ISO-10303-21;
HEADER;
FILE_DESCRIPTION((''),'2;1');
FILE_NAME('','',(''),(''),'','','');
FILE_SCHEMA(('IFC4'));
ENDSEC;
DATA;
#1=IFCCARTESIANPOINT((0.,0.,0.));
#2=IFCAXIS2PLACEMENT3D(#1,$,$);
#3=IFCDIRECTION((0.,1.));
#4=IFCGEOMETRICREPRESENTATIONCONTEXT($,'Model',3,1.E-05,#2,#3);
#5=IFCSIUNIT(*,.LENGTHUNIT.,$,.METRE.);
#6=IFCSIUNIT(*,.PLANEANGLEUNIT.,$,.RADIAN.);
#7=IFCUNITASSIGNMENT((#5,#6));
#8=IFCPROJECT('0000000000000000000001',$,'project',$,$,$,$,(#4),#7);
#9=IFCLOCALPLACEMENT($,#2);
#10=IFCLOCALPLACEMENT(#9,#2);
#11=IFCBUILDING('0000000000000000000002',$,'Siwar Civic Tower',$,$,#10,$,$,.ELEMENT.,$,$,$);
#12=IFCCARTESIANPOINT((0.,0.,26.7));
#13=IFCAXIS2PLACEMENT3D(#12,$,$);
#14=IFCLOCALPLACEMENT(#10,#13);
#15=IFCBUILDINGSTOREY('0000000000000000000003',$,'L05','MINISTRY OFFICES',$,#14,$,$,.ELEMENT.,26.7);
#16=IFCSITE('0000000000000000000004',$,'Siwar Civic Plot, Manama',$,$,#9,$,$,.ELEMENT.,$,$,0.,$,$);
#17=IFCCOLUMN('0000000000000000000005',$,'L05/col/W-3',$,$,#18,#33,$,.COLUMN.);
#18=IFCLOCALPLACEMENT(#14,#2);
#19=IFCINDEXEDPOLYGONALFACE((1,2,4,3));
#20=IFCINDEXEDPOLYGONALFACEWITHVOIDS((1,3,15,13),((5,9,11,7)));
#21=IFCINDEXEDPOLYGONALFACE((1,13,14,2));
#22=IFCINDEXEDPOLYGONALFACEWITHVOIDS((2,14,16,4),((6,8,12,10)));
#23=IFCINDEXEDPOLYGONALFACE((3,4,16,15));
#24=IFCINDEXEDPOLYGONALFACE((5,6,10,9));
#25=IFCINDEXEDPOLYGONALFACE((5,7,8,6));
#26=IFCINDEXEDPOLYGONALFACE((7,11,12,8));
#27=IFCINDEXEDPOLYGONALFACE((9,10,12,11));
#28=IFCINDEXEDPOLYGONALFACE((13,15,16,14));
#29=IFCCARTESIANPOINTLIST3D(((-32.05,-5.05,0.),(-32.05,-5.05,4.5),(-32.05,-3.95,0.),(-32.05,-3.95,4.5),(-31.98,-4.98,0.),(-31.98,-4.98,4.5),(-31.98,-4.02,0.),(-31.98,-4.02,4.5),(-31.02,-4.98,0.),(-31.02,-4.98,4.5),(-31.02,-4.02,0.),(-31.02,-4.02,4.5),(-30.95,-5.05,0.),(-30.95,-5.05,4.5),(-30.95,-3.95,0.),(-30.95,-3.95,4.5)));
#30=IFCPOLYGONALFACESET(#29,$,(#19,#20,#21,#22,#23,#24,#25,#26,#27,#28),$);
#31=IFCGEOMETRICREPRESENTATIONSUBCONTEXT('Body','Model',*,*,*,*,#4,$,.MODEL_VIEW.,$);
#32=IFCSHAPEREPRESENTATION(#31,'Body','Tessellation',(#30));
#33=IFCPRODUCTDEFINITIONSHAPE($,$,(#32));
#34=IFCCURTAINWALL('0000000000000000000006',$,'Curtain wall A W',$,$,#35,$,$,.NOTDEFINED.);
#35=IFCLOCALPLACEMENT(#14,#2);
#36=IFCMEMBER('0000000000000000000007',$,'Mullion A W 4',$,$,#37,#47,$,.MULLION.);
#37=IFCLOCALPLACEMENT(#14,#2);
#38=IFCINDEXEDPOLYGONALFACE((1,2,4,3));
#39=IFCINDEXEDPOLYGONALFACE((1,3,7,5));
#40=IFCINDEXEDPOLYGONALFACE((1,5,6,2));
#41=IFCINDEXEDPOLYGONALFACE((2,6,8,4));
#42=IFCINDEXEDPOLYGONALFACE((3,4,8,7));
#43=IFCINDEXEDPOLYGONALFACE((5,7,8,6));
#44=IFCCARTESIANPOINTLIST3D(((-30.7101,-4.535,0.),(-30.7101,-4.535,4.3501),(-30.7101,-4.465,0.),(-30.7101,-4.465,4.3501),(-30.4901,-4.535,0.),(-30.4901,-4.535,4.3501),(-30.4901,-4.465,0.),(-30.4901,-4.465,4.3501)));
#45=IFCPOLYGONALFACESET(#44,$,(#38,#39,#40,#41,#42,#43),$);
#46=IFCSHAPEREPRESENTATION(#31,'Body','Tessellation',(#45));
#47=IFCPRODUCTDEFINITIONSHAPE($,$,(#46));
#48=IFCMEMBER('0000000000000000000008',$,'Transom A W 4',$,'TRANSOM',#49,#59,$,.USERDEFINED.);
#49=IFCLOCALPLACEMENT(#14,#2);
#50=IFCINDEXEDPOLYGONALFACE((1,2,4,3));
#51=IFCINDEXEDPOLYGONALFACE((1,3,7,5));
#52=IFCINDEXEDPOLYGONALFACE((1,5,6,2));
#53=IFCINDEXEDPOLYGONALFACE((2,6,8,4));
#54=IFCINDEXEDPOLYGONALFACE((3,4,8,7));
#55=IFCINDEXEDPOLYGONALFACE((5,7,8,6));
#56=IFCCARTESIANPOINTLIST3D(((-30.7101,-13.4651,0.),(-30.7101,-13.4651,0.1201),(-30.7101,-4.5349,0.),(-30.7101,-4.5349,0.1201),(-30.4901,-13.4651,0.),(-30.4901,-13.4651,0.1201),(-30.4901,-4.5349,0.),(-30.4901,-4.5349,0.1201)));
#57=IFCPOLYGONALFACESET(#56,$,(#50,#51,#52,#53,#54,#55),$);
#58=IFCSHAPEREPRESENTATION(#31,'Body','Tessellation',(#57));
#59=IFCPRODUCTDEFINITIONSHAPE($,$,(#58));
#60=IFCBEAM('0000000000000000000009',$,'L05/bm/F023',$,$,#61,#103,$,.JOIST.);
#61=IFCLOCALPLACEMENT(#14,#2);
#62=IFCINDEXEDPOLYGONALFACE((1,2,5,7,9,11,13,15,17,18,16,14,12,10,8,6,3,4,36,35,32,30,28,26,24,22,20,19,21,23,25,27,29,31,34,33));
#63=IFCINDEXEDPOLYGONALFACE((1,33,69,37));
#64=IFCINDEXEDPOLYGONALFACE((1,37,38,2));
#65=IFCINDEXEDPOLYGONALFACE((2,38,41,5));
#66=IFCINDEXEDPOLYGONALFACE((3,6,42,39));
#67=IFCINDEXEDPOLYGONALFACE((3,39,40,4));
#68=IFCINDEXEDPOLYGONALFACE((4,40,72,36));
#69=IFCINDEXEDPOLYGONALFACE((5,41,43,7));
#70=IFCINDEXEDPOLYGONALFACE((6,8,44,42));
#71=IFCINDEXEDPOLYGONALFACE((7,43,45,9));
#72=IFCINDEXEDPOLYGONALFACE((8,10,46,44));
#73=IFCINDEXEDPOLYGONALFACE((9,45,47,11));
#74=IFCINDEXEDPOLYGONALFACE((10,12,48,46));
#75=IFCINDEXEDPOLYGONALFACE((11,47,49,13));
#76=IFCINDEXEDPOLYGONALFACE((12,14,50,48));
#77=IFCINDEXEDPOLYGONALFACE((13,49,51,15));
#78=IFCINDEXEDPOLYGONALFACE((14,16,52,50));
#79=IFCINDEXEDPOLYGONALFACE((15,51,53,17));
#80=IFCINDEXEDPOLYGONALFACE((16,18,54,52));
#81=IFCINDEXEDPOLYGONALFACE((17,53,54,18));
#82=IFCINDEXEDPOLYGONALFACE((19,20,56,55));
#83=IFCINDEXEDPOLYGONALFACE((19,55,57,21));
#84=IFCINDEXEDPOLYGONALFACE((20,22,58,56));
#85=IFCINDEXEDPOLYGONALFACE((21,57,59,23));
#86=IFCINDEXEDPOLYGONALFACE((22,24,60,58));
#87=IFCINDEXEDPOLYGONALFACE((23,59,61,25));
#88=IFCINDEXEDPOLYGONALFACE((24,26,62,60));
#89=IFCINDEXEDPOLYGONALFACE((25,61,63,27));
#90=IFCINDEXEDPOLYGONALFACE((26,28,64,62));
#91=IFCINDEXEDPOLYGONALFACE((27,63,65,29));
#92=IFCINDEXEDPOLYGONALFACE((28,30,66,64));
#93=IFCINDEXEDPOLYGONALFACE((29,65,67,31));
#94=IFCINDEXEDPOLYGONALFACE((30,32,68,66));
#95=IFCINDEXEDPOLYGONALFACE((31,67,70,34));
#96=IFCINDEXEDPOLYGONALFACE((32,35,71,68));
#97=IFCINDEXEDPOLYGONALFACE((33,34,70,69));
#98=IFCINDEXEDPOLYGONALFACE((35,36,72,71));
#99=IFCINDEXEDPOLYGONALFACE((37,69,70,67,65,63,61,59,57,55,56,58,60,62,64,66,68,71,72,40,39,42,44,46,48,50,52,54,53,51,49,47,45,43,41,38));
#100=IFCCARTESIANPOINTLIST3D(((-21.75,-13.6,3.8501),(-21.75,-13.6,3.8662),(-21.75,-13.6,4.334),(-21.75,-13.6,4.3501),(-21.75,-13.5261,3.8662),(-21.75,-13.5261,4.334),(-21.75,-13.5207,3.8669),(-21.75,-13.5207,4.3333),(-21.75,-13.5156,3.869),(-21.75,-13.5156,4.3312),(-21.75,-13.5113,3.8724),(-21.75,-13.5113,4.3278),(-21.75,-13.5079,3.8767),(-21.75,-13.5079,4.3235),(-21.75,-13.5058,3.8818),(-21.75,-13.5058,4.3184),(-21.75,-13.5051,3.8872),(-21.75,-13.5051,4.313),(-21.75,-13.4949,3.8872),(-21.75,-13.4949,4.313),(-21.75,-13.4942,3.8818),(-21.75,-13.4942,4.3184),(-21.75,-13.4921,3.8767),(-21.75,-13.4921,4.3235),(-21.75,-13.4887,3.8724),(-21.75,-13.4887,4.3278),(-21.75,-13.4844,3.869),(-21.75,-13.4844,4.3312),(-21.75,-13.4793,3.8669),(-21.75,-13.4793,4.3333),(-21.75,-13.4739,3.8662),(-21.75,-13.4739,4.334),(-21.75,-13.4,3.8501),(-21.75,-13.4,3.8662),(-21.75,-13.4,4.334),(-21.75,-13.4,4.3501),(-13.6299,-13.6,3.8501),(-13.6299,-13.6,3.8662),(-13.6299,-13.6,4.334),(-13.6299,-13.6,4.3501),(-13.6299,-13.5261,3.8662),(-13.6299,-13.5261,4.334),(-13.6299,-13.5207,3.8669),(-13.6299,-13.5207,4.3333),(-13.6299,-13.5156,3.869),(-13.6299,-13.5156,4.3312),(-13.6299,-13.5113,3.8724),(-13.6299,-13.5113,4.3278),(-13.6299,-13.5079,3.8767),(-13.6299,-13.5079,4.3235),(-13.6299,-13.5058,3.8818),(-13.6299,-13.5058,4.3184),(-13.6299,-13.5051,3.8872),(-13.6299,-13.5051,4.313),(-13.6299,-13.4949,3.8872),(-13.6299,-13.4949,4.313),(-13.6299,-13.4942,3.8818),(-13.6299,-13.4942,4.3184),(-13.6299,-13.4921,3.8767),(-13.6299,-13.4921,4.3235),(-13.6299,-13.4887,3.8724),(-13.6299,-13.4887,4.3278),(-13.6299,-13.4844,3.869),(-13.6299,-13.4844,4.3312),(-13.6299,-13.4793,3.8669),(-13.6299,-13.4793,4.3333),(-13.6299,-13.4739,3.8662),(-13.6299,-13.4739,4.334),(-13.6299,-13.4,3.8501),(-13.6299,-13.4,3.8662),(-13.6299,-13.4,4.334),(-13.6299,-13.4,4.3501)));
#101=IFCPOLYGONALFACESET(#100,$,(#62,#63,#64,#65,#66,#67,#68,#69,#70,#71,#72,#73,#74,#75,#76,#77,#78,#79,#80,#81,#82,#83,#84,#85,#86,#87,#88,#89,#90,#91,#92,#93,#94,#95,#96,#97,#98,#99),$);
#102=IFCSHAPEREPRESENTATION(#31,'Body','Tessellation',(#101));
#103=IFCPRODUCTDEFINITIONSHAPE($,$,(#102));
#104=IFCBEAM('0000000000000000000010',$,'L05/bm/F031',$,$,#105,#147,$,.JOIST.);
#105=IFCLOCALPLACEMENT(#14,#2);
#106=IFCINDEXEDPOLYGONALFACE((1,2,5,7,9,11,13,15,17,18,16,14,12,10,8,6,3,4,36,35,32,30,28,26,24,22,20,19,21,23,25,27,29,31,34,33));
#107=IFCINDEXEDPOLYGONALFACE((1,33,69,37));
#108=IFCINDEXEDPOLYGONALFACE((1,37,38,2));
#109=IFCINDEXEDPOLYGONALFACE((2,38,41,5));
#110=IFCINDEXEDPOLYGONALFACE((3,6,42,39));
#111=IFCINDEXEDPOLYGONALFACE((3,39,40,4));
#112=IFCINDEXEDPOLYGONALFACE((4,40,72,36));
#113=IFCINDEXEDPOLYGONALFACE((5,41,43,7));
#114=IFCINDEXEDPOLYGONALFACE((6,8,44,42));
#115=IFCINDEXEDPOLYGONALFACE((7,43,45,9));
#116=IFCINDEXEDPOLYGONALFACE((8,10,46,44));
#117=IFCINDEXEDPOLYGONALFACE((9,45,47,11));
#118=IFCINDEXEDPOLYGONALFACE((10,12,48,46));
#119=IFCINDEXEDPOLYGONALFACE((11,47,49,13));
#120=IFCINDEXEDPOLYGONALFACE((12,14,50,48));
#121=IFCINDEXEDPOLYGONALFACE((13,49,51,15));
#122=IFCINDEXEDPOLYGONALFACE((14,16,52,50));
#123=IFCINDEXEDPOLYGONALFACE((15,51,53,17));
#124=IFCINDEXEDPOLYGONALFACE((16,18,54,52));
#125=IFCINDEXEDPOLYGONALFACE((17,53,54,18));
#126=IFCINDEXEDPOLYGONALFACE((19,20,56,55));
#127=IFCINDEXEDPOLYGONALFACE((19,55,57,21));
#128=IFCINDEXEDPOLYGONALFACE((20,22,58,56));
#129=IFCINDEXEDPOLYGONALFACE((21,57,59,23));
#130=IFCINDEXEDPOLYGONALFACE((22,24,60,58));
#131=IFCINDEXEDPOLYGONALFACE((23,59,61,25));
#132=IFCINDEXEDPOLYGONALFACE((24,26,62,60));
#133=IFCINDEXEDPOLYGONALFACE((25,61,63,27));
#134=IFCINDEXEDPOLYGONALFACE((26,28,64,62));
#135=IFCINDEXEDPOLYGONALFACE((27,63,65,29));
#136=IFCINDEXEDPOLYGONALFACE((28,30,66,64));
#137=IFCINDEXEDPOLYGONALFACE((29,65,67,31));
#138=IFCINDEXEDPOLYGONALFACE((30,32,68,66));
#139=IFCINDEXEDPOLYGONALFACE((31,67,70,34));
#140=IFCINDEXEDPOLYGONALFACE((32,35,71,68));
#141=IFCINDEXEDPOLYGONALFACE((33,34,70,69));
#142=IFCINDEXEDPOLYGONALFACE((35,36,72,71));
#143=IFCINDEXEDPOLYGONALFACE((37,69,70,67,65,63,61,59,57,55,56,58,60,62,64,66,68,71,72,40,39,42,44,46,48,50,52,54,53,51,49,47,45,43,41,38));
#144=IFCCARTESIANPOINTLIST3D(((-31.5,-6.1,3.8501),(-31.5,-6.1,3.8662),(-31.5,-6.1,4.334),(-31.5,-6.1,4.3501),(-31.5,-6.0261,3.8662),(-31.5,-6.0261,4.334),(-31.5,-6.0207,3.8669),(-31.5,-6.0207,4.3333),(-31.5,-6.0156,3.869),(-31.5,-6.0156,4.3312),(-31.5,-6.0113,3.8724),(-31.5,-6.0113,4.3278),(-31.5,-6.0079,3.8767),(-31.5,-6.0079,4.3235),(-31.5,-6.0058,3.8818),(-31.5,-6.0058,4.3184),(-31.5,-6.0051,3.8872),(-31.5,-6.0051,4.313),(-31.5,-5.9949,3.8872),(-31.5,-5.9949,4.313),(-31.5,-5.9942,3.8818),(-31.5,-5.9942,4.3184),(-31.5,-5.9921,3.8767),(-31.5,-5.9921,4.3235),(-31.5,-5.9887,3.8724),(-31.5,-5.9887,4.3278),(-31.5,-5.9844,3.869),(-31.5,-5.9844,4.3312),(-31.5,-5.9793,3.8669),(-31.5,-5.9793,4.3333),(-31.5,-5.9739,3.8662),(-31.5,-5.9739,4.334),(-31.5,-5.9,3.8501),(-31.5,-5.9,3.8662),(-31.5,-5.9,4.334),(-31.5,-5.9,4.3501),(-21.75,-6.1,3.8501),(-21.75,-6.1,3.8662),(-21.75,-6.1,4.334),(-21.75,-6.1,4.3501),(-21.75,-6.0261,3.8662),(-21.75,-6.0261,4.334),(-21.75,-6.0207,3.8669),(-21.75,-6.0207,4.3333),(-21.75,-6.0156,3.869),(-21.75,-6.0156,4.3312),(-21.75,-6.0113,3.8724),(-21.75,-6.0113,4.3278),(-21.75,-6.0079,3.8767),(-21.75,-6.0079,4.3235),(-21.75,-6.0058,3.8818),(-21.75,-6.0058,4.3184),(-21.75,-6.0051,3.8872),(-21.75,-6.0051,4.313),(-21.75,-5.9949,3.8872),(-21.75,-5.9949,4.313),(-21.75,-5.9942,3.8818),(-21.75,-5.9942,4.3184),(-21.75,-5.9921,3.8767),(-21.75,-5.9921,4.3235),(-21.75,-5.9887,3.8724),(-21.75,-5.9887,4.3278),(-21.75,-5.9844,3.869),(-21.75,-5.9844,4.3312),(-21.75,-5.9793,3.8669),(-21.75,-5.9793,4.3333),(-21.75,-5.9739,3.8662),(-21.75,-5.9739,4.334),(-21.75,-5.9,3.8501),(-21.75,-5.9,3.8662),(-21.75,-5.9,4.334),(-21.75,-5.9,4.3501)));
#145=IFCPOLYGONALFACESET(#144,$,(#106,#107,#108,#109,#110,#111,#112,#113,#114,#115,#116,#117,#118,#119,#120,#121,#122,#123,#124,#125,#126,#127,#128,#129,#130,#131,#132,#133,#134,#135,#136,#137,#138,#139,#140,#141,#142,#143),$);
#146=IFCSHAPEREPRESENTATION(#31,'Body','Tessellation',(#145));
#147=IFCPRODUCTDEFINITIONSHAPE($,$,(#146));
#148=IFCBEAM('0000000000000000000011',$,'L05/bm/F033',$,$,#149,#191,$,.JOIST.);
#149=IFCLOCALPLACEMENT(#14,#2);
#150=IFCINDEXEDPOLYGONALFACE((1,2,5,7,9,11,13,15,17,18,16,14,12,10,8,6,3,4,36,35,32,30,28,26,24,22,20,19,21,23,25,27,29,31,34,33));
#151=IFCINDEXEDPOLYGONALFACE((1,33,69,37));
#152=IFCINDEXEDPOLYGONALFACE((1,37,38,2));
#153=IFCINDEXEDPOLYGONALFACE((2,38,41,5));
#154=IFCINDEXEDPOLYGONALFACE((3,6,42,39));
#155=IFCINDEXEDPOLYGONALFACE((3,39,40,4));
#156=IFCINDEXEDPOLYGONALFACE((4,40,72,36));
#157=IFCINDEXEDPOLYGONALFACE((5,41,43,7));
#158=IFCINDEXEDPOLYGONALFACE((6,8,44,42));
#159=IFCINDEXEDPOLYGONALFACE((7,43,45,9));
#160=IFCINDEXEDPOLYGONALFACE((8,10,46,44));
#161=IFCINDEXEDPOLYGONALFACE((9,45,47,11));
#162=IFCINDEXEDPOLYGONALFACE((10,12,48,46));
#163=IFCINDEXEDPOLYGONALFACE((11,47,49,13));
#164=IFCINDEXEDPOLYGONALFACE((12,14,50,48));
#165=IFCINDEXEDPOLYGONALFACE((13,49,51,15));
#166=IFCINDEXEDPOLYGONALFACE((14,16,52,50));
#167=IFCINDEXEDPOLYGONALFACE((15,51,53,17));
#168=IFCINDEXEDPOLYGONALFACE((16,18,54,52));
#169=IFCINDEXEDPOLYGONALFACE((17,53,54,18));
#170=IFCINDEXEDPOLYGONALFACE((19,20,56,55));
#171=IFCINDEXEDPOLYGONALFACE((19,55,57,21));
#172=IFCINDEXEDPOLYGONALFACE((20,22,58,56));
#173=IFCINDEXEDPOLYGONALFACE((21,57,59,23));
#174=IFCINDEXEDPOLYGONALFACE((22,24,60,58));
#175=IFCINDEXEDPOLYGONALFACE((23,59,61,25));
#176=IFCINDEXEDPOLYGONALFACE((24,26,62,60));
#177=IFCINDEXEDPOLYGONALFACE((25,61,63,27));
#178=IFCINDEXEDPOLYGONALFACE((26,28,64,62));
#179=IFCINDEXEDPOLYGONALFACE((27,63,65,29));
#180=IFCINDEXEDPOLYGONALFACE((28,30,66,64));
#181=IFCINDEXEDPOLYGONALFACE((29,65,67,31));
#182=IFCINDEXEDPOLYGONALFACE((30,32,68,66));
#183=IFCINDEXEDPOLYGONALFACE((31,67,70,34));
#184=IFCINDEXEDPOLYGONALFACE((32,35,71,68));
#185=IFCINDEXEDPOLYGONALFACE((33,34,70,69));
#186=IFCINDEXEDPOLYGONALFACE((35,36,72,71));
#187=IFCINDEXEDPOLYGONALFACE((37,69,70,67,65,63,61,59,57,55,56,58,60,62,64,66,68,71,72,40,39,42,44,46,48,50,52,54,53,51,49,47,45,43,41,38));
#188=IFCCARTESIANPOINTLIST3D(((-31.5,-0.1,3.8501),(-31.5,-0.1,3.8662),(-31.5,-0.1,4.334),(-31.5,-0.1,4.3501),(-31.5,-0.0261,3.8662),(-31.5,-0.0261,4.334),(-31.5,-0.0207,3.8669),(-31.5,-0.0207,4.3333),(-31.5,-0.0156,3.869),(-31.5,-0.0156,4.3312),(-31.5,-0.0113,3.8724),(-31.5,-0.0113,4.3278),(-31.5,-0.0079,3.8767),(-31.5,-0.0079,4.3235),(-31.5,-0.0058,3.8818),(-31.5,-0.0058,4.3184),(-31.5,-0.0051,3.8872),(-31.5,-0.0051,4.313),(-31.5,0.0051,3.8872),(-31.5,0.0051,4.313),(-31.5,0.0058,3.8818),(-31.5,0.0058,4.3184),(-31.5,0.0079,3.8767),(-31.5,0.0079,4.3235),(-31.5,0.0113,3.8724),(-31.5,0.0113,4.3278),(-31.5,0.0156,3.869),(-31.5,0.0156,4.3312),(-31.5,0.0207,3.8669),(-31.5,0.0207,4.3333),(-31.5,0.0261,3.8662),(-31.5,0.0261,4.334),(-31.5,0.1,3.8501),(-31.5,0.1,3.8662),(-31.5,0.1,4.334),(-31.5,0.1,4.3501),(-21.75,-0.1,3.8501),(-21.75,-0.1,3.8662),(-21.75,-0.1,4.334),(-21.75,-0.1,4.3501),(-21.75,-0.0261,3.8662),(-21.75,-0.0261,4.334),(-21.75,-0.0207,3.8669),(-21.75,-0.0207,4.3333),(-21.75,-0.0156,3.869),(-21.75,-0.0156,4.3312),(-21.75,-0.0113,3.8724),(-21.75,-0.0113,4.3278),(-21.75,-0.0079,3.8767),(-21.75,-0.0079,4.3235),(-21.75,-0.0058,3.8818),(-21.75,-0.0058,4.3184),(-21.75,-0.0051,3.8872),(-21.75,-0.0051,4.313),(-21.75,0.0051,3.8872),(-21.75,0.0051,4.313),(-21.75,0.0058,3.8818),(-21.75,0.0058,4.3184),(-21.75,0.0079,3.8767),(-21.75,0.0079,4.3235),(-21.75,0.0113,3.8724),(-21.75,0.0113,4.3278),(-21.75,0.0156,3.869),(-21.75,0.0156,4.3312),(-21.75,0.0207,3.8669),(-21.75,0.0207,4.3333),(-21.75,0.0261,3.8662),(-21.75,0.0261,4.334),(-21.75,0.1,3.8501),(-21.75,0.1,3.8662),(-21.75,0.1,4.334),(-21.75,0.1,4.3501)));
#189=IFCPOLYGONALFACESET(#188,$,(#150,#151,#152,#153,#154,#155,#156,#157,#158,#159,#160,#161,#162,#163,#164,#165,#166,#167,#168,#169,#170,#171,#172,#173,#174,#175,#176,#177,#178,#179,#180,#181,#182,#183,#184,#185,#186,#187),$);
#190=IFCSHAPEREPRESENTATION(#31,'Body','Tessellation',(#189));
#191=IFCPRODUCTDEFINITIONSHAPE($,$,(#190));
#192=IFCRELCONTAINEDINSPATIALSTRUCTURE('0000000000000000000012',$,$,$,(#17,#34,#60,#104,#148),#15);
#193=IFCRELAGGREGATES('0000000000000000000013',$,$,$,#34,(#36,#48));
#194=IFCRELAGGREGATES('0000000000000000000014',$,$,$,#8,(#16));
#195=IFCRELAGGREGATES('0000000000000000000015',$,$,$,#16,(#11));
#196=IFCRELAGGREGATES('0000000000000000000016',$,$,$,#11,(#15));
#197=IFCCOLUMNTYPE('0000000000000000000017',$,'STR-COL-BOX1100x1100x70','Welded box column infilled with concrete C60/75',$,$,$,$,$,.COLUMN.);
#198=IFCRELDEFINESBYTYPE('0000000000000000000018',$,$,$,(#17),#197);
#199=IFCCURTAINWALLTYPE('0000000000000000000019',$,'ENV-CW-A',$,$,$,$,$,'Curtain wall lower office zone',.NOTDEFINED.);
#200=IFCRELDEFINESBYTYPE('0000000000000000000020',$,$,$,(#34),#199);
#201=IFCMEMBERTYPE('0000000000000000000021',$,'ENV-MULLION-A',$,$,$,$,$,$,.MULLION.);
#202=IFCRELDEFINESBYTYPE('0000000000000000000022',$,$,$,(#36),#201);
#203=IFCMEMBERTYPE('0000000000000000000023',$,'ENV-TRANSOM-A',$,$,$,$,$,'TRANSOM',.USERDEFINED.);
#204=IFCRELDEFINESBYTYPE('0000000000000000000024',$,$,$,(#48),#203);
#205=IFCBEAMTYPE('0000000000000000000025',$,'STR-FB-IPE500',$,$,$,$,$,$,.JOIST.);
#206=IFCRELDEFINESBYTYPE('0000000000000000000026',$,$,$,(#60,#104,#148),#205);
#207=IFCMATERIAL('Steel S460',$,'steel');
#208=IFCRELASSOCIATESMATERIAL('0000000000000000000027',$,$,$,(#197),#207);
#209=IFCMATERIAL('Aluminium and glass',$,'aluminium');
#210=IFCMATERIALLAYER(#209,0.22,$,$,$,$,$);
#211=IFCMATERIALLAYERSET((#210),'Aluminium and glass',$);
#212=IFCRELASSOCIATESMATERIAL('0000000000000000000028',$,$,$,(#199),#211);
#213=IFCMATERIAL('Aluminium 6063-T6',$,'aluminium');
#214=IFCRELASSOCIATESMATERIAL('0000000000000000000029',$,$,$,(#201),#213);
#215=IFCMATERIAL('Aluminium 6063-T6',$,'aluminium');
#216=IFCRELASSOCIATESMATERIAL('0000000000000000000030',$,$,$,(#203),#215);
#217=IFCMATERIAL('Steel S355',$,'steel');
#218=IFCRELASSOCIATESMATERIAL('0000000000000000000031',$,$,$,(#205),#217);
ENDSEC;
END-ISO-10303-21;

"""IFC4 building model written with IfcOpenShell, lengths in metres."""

from ifc_helpers import new_model, si_unit, direction, frame, origin, origin_2d, place, context, subcontext, project, spatial, rectangle, hollow_rectangle, i_section, extrude, material, layer, layer_set, material_profile, profile_set, type_object, element, aggregate, save


model = new_model("IFC4")

# Units and contexts
model_context = context("Model", 3, precision=1e-05, world=origin(), true_north=direction((0.0, 1.0)))
body_context = subcontext(model_context, "Body", "Model", "MODEL_VIEW")
ifc_project = project(units=[si_unit("LENGTHUNIT", "METRE"), si_unit("PLANEANGLEUNIT", "RADIAN")], contexts=[model_context])

# Site, building, storey
site_placement = place(None, origin())
site = spatial("IfcSite", under=ifc_project, at=site_placement, Name="Siwar Civic Plot, Manama", CompositionType="ELEMENT", RefElevation=0.0)
building_placement = place(site_placement, origin())
building = spatial("IfcBuilding", under=site, at=building_placement, Name="Siwar Civic Tower", CompositionType="ELEMENT")
storey_placement = place(building_placement, frame((0.0, 0.0, 26.7)))
storey = spatial("IfcBuildingStorey", under=building, at=storey_placement, Name="L05", Description="MINISTRY OFFICES", CompositionType="ELEMENT", Elevation=26.7)

# Column
ifc_material_1 = material(Name="Steel S460", Category="steel")
ifc_material_profile_1 = material_profile(ifc_material_1, hollow_rectangle(XDim=1.1001, YDim=1.1001, WallThickness=0.0701, at=origin_2d()), Name="BOX1100x1100x70")
ifc_profile_set_1 = profile_set([ifc_material_profile_1], Name="Steel S460")
column_type = type_object("IfcColumnType", Name="STR-COL-BOX1100x1100x70", Description="Welded box column infilled with concrete C60/75", PredefinedType="COLUMN", material=ifc_profile_set_1)
column_placement = place(storey_placement, frame((-31.5, -4.5, 0.0), z_axis=(0.0, 0.0, 1.0), x_axis=(1.0, 0.0, 0.0)))
element("IfcColumn", 1, at=column_placement, inside=storey, type_object=column_type, Name="L05/col/W-3", PredefinedType="COLUMN", context=body_context, shape_type="SweptSolid", body=[
    extrude(hollow_rectangle(XDim=1.1001, YDim=1.1001, WallThickness=0.0701, at=origin_2d()), origin(), (0.0, 0.0, 1.0), 4.5),
])

# Curtain wall, members
ifc_material_2 = material(Name="Aluminium and glass", Category="aluminium")
ifc_layer_1 = layer(ifc_material_2, 0.22)
ifc_layer_set_1 = layer_set([ifc_layer_1], Name="Aluminium and glass")
curtain_wall_type = type_object("IfcCurtainWallType", Name="ENV-CW-A", ElementType="Curtain wall lower office zone", PredefinedType="NOTDEFINED", material=ifc_layer_set_1)
curtain_wall_placement = place(storey_placement, origin())
curtain_wall = element("IfcCurtainWall", 2, at=curtain_wall_placement, inside=storey, type_object=curtain_wall_type, Name="Curtain wall A W", PredefinedType="NOTDEFINED")
ifc_material_3 = material(Name="Aluminium 6063-T6", Category="aluminium")
ifc_material_profile_2 = material_profile(ifc_material_3, rectangle(XDim=0.22, YDim=0.0701, at=origin_2d()), Name="AL 220x70")
ifc_profile_set_2 = profile_set([ifc_material_profile_2], Name="Aluminium 6063-T6")
member_type_1 = type_object("IfcMemberType", Name="ENV-MULLION-A", PredefinedType="MULLION", material=ifc_profile_set_2)
member_1_placement = place(storey_placement, frame((-30.6001, -4.5, 0.0), z_axis=(0.0, 0.0, 1.0), x_axis=(1.0, 0.0, 0.0)))
member_1 = element("IfcMember", 3, at=member_1_placement, type_object=member_type_1, Name="Mullion A W 4", PredefinedType="MULLION", context=body_context, shape_type="SweptSolid", body=[
    extrude(rectangle(XDim=0.22, YDim=0.0701, at=origin_2d()), origin(), (0.0, 0.0, 1.0), 4.3501),
])
ifc_material_4 = material(Name="Aluminium 6063-T6", Category="aluminium")
ifc_material_profile_3 = material_profile(ifc_material_4, rectangle(XDim=0.22, YDim=0.1201, at=origin_2d()), Name="AL 220x120")
ifc_profile_set_3 = profile_set([ifc_material_profile_3], Name="Aluminium 6063-T6")
member_type_2 = type_object("IfcMemberType", Name="ENV-TRANSOM-A", ElementType="TRANSOM", PredefinedType="USERDEFINED", material=ifc_profile_set_3)
member_2_placement = place(storey_placement, frame((-30.6001, -4.5349, 0.0601), z_axis=(0.0, -1.0, 0.0), x_axis=(1.0, 0.0, 0.0)))
member_2 = element("IfcMember", 4, at=member_2_placement, type_object=member_type_2, Name="Transom A W 4", ObjectType="TRANSOM", PredefinedType="USERDEFINED", context=body_context, shape_type="SweptSolid", body=[
    extrude(rectangle(XDim=0.22, YDim=0.1201, at=origin_2d()), origin(), (0.0, 0.0, 1.0), 8.9302),
])

# Beams
ifc_material_5 = material(Name="Steel S355", Category="steel")
ifc_material_profile_4 = material_profile(ifc_material_5, i_section(OverallWidth=0.2, OverallDepth=0.5, WebThickness=0.0103, FlangeThickness=0.0161, FilletRadius=0.021, at=origin_2d()), Name="IPE500")
ifc_profile_set_4 = profile_set([ifc_material_profile_4], Name="Steel S355")
beam_type_1 = type_object("IfcBeamType", Name="STR-FB-IPE500", PredefinedType="JOIST", material=ifc_profile_set_4)
beam_1_placement = place(storey_placement, frame((-21.75, -13.5, 4.1001), z_axis=(1.0, 0.0, 0.0), x_axis=(0.0, 1.0, 0.0)))
element("IfcBeam", 5, at=beam_1_placement, inside=storey, type_object=beam_type_1, Name="L05/bm/F023", PredefinedType="JOIST", context=body_context, shape_type="SweptSolid", body=[
    extrude(i_section(OverallWidth=0.2, OverallDepth=0.5, WebThickness=0.0103, FlangeThickness=0.0161, FilletRadius=0.021, at=origin_2d()), origin(), (0.0, 0.0, 1.0), 8.1201),
])
for number, where, z_axis, x_axis, name in (
    (6, (-31.5, -6.0, 4.1001), (1.0, 0.0, 0.0), (0.0, 1.0, 0.0), "L05/bm/F031"),
    (7, (-31.5, 0.0, 4.1001), (1.0, 0.0, 0.0), (0.0, 1.0, 0.0), "L05/bm/F033"),
):
    element("IfcBeam", number, at=place(storey_placement, frame(where, z_axis=z_axis, x_axis=x_axis)), inside=storey, type_object=beam_type_1, Name=name, PredefinedType="JOIST", context=body_context, shape_type="SweptSolid", body=[
        extrude(i_section(OverallWidth=0.2, OverallDepth=0.5, WebThickness=0.0103, FlangeThickness=0.0161, FilletRadius=0.021, at=origin_2d()), origin(), (0.0, 0.0, 1.0), 9.75),
    ])

aggregate(curtain_wall, [member_1, member_2])

save(model, "model.ifc")
